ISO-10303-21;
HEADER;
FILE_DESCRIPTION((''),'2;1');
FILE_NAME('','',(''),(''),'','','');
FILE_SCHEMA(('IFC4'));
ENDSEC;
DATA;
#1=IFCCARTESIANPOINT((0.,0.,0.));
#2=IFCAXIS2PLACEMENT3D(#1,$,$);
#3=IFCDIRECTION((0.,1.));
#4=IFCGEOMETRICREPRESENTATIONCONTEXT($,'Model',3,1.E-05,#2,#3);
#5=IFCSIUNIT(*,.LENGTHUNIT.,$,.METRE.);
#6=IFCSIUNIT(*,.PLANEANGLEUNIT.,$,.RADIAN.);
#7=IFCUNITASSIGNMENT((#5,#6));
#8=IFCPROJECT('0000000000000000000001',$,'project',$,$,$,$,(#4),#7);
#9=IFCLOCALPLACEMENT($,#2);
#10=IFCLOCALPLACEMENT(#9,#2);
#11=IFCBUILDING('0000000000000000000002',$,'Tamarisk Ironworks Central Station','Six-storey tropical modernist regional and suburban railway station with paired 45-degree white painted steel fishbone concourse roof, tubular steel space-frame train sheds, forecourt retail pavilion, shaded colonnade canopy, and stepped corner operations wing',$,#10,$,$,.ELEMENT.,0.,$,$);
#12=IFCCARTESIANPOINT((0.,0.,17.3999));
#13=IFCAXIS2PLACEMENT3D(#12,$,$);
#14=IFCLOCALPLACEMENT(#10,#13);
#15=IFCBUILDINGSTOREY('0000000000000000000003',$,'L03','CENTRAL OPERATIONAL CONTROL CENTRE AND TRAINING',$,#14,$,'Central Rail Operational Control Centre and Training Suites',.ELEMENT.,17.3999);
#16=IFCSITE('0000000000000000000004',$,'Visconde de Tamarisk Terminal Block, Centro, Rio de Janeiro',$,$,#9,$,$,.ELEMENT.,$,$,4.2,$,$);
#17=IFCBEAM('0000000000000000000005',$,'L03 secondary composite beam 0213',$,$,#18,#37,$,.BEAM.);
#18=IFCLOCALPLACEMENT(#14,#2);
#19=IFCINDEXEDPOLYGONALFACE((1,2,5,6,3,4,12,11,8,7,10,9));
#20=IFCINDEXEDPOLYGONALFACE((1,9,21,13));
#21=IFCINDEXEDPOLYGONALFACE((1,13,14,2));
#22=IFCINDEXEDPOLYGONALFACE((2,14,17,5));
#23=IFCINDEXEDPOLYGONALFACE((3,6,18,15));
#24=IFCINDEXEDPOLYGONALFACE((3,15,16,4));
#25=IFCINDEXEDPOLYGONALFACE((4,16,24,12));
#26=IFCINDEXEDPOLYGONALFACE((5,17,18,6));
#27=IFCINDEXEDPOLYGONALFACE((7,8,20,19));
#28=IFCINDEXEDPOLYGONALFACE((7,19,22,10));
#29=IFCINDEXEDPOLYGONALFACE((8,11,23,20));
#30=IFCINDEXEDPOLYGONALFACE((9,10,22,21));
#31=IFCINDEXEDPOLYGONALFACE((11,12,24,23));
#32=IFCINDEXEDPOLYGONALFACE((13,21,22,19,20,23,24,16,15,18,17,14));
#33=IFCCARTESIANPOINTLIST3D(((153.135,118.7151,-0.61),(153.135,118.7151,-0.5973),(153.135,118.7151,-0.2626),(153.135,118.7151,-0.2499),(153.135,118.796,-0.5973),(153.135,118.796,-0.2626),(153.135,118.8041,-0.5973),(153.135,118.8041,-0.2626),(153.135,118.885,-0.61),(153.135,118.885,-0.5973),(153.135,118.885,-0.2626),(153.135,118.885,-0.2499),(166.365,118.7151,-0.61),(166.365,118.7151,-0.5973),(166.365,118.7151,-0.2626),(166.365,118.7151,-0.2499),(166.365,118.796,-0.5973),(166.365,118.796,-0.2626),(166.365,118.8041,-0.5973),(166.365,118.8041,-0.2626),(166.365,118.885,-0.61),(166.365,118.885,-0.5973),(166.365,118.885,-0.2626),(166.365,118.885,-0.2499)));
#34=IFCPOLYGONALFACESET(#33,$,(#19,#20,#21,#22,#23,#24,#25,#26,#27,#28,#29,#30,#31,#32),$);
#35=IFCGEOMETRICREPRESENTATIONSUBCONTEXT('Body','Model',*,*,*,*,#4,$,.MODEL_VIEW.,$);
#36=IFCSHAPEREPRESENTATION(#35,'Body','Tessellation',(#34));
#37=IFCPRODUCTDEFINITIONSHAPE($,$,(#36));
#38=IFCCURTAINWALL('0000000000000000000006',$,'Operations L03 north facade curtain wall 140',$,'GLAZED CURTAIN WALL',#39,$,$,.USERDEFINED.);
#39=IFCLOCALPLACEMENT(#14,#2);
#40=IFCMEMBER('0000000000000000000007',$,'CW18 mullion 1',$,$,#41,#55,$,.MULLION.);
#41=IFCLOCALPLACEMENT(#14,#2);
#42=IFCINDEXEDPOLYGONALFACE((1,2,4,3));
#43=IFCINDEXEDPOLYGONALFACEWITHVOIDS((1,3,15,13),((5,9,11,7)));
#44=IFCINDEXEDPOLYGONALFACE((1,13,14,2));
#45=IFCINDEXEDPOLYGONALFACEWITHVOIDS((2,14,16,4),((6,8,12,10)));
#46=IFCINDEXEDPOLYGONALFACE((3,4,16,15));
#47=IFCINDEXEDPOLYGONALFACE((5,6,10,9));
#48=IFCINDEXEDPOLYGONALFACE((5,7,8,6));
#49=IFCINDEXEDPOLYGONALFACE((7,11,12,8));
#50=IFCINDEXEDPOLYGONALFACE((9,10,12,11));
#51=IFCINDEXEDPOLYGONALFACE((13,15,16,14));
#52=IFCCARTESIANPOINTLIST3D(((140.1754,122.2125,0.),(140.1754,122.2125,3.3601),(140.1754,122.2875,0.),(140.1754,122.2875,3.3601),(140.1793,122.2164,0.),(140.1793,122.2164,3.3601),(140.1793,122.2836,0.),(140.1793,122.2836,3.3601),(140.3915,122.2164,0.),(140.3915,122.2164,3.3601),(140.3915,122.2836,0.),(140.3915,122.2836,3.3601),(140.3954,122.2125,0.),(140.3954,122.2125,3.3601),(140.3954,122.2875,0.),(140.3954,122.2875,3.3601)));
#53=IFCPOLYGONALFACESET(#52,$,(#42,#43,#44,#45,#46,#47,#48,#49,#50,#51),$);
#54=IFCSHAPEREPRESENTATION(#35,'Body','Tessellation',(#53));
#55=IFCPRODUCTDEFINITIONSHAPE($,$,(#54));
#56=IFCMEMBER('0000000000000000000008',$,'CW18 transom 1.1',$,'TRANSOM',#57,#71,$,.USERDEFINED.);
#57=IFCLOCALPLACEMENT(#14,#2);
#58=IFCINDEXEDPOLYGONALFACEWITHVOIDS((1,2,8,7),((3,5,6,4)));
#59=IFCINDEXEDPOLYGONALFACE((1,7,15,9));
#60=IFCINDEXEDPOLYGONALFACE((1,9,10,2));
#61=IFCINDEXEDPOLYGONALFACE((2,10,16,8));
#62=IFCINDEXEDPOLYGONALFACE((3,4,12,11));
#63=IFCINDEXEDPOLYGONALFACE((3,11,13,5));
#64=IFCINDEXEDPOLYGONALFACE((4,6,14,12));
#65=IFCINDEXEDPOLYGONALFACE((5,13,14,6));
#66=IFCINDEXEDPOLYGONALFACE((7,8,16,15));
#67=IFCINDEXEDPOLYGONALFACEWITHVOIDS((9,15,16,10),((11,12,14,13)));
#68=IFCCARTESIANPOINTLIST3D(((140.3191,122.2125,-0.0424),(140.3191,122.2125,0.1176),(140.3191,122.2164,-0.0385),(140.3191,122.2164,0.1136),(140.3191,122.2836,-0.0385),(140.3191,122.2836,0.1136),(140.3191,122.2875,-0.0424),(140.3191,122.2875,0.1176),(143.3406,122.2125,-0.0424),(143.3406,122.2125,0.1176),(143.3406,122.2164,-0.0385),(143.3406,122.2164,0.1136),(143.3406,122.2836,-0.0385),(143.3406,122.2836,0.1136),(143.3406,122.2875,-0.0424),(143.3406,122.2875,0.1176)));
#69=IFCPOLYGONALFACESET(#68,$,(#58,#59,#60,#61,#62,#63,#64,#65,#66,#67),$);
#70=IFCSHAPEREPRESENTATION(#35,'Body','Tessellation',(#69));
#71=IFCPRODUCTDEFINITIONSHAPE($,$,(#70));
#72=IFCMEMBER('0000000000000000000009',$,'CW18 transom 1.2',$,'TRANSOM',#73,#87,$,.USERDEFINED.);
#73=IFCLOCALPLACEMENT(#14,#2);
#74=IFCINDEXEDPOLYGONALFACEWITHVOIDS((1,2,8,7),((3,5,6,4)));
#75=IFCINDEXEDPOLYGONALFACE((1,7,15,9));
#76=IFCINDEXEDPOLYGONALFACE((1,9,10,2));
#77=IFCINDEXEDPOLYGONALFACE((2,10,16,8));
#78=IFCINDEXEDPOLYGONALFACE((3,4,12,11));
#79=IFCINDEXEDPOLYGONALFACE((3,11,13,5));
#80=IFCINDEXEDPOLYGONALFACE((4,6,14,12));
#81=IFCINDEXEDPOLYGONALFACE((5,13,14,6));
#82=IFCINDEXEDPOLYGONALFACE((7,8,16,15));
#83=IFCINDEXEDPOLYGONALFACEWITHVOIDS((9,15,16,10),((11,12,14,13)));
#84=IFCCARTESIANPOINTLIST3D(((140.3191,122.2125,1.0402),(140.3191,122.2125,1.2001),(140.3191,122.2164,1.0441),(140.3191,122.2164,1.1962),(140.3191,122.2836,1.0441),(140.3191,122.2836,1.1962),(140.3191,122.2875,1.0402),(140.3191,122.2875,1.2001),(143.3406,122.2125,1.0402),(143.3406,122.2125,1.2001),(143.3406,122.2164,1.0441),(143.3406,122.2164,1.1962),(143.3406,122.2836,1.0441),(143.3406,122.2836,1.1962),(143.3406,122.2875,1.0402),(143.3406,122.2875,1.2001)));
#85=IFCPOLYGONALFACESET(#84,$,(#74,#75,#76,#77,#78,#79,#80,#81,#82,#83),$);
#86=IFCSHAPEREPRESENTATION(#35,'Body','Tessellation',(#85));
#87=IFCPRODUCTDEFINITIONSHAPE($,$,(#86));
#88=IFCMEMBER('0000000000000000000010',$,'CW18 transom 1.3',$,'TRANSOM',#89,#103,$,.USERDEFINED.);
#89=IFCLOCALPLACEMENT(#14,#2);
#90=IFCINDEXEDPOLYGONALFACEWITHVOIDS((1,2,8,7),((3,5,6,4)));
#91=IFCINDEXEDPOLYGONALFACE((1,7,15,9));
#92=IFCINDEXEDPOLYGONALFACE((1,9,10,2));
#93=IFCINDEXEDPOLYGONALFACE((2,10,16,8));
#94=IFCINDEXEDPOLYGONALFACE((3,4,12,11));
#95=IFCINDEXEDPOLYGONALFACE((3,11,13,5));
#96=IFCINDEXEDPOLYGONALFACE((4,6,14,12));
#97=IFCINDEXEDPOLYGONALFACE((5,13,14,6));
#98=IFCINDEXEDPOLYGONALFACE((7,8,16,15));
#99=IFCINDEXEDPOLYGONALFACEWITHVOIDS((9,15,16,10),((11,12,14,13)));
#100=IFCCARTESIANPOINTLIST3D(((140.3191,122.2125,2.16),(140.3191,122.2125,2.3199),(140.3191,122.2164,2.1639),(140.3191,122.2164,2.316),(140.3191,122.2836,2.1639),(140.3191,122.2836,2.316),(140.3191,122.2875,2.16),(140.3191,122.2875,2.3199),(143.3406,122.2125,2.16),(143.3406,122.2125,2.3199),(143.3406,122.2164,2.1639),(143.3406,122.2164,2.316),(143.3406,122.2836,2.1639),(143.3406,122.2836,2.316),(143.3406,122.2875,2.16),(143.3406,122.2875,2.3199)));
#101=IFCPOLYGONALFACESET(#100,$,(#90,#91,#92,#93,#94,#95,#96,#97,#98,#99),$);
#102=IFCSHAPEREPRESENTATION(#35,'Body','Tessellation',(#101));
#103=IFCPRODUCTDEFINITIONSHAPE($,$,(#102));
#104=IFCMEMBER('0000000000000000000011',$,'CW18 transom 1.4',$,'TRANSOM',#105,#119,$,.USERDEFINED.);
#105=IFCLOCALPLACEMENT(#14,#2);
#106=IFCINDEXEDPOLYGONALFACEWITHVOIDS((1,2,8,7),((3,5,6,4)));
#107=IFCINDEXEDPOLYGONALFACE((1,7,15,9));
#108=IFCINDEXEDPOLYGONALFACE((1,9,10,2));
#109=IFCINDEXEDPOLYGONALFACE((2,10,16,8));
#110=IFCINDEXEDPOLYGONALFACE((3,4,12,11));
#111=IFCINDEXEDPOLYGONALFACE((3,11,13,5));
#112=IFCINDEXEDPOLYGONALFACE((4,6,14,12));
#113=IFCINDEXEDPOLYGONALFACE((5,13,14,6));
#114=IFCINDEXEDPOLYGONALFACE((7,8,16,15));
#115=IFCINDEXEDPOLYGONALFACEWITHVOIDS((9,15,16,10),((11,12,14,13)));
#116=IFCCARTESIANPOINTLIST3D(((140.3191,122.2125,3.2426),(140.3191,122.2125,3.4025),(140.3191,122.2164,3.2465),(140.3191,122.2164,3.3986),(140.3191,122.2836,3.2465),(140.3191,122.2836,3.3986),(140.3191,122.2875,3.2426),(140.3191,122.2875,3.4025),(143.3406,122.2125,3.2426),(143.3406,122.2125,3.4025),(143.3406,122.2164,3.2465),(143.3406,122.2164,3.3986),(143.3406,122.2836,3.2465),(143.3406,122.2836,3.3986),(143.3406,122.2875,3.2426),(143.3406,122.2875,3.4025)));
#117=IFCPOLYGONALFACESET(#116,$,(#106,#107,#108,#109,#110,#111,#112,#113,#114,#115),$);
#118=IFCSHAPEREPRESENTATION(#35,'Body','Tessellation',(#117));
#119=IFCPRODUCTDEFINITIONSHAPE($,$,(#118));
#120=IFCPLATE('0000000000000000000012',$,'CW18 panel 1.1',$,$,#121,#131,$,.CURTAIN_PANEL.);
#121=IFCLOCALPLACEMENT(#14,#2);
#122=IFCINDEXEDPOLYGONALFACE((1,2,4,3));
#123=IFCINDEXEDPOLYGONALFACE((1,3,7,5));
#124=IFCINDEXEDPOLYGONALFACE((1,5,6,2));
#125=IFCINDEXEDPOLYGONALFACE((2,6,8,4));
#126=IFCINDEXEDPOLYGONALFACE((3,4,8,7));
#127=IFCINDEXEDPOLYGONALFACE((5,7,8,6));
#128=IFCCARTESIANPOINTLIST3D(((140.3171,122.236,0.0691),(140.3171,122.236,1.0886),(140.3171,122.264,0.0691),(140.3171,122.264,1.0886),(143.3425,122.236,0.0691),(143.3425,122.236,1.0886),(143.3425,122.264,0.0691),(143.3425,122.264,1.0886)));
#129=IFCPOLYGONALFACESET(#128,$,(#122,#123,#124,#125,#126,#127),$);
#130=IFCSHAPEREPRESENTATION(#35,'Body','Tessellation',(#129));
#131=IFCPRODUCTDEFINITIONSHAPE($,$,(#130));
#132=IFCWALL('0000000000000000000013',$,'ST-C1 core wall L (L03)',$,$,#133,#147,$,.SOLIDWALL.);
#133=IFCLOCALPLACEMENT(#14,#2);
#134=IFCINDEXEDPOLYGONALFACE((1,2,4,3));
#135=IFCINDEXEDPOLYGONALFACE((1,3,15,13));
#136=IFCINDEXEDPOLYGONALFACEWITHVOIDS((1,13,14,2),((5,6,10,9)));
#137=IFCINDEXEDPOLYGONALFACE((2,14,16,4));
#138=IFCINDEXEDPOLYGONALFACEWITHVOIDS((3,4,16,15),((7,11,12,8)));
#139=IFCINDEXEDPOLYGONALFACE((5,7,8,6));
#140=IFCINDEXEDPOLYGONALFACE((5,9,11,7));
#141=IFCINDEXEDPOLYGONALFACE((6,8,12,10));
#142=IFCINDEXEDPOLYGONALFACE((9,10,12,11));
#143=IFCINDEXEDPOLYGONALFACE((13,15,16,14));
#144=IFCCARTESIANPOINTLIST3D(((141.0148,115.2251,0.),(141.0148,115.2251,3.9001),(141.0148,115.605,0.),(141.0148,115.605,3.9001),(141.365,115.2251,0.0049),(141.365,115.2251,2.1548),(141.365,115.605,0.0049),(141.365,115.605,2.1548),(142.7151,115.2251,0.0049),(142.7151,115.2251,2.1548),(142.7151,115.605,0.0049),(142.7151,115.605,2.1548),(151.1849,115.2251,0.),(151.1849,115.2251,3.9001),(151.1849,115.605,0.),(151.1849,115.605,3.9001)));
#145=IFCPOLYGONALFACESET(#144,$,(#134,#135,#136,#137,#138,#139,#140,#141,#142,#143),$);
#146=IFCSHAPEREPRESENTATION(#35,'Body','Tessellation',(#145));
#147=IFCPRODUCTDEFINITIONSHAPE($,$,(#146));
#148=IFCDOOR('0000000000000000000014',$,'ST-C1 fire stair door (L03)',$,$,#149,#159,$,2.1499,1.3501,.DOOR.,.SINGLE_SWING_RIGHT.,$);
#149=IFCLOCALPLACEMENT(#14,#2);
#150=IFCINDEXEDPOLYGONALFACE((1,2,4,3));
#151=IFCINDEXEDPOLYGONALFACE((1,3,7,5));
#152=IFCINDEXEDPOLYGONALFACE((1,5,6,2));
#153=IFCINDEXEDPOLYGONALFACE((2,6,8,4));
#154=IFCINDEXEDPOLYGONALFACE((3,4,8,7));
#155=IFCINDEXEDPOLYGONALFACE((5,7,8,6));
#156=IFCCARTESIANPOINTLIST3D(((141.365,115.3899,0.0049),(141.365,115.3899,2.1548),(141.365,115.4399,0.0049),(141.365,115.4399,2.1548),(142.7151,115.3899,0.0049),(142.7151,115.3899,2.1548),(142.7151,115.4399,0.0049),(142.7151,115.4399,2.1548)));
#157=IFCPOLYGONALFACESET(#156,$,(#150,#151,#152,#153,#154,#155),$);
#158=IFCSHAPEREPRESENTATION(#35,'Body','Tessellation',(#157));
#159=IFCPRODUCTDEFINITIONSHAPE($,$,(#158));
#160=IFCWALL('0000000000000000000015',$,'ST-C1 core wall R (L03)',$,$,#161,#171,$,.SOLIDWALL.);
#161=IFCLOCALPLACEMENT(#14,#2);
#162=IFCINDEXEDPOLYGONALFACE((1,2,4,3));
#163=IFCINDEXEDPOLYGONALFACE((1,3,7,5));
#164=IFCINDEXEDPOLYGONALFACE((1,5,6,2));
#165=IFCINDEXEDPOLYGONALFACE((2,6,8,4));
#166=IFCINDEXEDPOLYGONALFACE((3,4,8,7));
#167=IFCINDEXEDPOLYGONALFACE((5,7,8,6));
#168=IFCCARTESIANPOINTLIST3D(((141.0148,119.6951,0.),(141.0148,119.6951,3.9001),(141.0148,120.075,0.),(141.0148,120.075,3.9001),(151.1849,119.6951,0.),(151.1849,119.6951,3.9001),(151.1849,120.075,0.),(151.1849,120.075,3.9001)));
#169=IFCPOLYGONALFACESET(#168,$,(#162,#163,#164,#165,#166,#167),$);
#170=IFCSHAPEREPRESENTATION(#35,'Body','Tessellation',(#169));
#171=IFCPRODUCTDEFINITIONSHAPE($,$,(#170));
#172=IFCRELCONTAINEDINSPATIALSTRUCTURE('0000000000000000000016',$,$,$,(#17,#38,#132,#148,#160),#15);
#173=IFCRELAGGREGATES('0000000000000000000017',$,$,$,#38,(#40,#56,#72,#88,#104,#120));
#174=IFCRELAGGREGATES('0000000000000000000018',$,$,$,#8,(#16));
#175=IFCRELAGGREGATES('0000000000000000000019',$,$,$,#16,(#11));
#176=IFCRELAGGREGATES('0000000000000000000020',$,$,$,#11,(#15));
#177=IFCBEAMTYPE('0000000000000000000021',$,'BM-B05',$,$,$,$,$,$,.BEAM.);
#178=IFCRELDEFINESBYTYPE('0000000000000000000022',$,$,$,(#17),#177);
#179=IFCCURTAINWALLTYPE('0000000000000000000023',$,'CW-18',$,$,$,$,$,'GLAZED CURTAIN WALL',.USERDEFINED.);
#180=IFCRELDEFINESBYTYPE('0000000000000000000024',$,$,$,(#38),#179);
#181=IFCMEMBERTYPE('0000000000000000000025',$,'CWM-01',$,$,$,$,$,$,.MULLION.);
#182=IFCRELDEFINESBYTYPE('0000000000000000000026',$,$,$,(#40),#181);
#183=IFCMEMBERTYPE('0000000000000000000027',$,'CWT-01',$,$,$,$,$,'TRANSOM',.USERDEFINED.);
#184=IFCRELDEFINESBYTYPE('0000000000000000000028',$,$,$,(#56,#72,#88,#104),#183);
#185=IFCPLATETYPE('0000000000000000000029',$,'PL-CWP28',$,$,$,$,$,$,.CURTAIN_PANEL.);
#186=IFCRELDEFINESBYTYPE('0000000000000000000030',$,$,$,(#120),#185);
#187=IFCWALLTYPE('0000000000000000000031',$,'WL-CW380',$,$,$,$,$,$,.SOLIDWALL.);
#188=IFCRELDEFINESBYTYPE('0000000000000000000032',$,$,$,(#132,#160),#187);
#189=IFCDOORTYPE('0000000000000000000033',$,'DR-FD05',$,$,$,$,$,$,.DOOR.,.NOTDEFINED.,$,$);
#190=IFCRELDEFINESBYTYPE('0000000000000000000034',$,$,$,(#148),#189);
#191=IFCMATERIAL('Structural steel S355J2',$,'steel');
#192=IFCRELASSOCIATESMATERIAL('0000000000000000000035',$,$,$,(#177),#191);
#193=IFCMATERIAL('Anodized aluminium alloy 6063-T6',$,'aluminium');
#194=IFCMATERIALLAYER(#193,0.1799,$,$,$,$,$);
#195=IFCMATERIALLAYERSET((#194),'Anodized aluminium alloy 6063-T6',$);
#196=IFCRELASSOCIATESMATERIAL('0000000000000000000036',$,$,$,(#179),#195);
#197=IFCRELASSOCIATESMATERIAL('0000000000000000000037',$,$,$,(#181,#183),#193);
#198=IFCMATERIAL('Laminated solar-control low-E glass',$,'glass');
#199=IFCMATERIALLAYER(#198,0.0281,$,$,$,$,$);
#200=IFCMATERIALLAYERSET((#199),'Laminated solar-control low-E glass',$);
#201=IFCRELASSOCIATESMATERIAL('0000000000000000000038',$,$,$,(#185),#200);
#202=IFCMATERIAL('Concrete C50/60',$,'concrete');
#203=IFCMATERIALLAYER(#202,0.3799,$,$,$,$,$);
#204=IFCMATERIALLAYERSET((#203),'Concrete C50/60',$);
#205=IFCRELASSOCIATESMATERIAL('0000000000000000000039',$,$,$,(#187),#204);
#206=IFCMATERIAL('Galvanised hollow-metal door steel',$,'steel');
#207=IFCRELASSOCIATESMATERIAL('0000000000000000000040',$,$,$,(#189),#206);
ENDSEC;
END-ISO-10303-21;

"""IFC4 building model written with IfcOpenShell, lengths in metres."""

from ifc_helpers import new_model, si_unit, direction, frame, frame_2d, origin, origin_2d, place, context, subcontext, project, spatial, rectangle, hollow_rectangle, i_section, extrude, material, layer, layer_set, material_profile, profile_set, type_object, element, fill, aggregate, save


model = new_model("IFC4")

# Units and contexts
model_context = context("Model", 3, precision=1e-05, world=origin(), true_north=direction((0.0, 1.0)))
body_context = subcontext(model_context, "Body", "Model", "MODEL_VIEW")
ifc_project = project(units=[si_unit("LENGTHUNIT", "METRE"), si_unit("PLANEANGLEUNIT", "RADIAN")], contexts=[model_context])

# Site, building, storey
site_placement = place(None, origin())
site = spatial("IfcSite", under=ifc_project, at=site_placement, Name="Visconde de Tamarisk Terminal Block, Centro, Rio de Janeiro", CompositionType="ELEMENT", RefElevation=4.2)
building_placement = place(site_placement, origin())
building = spatial("IfcBuilding", under=site, at=building_placement, Name="Tamarisk Ironworks Central Station", Description="Six-storey tropical modernist regional and suburban railway station with paired 45-degree white painted steel fishbone concourse roof, tubular steel space-frame train sheds, forecourt retail pavilion, shaded colonnade canopy, and stepped corner operations wing", CompositionType="ELEMENT", ElevationOfRefHeight=0.0)
storey_placement = place(building_placement, frame((0.0, 0.0, 17.3999)))
storey = spatial("IfcBuildingStorey", under=building, at=storey_placement, Name="L03", Description="CENTRAL OPERATIONAL CONTROL CENTRE AND TRAINING", LongName="Central Rail Operational Control Centre and Training Suites", CompositionType="ELEMENT", Elevation=17.3999)

# Beam
ifc_material_1 = material(Name="Structural steel S355J2", Category="steel")
ifc_material_profile_1 = material_profile(ifc_material_1, i_section(OverallWidth=0.1699, OverallDepth=0.3601, WebThickness=0.0081, FlangeThickness=0.0127, at=origin_2d()), Name="IPE 360")
ifc_profile_set_1 = profile_set([ifc_material_profile_1], Name="Structural steel S355J2")
beam_type = type_object("IfcBeamType", Name="BM-B05", PredefinedType="BEAM", material=ifc_profile_set_1)
beam_placement = place(storey_placement, frame((153.135, 118.8, -0.4299), z_axis=(1.0, 0.0, 0.0), x_axis=(0.0, 1.0, 0.0)))
element("IfcBeam", 1, at=beam_placement, inside=storey, type_object=beam_type, Name="L03 secondary composite beam 0213", PredefinedType="BEAM", context=body_context, shape_type="SweptSolid", body=[
    extrude(i_section(OverallWidth=0.1699, OverallDepth=0.3601, WebThickness=0.0081, FlangeThickness=0.0127, at=origin_2d()), origin(), (0.0, 0.0, 1.0), 13.23),
])

# Curtain wall, members, plate
ifc_material_2 = material(Name="Anodized aluminium alloy 6063-T6", Category="aluminium")
ifc_layer_1 = layer(ifc_material_2, 0.1799)
ifc_layer_set_1 = layer_set([ifc_layer_1], Name="Anodized aluminium alloy 6063-T6")
curtain_wall_type = type_object("IfcCurtainWallType", Name="CW-18", ElementType="GLAZED CURTAIN WALL", PredefinedType="USERDEFINED", material=ifc_layer_set_1)
curtain_wall_placement = place(storey_placement, origin())
curtain_wall = element("IfcCurtainWall", 2, at=curtain_wall_placement, inside=storey, type_object=curtain_wall_type, Name="Operations L03 north facade curtain wall 140", ObjectType="GLAZED CURTAIN WALL", PredefinedType="USERDEFINED")
ifc_material_profile_2 = material_profile(ifc_material_2, hollow_rectangle(XDim=0.075, YDim=0.22, WallThickness=0.0039, at=origin_2d()), Name="ALUM 220x75")
ifc_profile_set_2 = profile_set([ifc_material_profile_2], Name="Anodized aluminium alloy 6063-T6")
member_type_1 = type_object("IfcMemberType", Name="CWM-01", PredefinedType="MULLION", material=ifc_profile_set_2)
member_1_placement = place(storey_placement, frame((140.2854, 122.25, 0.0), z_axis=(0.0, 0.0, 1.0), x_axis=(0.0, 1.0, 0.0)))
member_1 = element("IfcMember", 3, at=member_1_placement, type_object=member_type_1, Name="CW18 mullion 1", PredefinedType="MULLION", context=body_context, shape_type="SweptSolid", body=[
    extrude(hollow_rectangle(XDim=0.075, YDim=0.22, WallThickness=0.0039, at=origin_2d()), origin(), (0.0, 0.0, 1.0), 3.3601),
])
ifc_material_profile_3 = material_profile(ifc_material_2, hollow_rectangle(XDim=0.075, YDim=0.1599, WallThickness=0.0039, at=origin_2d()), Name="ALUM 160x75")
ifc_profile_set_3 = profile_set([ifc_material_profile_3], Name="Anodized aluminium alloy 6063-T6")
member_type_2 = type_object("IfcMemberType", Name="CWT-01", ElementType="TRANSOM", PredefinedType="USERDEFINED", material=ifc_profile_set_3)
member_2_placement = place(storey_placement, frame((140.3191, 122.25, 0.0376), z_axis=(1.0, 0.0, 0.0), x_axis=(0.0, 1.0, 0.0)))
member_2 = element("IfcMember", 4, at=member_2_placement, type_object=member_type_2, Name="CW18 transom 1.1", ObjectType="TRANSOM", PredefinedType="USERDEFINED", context=body_context, shape_type="SweptSolid", body=[
    extrude(hollow_rectangle(XDim=0.075, YDim=0.1599, WallThickness=0.0039, at=origin_2d()), origin(), (0.0, 0.0, 1.0), 3.0215),
])
member_3_placement = place(storey_placement, frame((140.3191, 122.25, 1.1201), z_axis=(1.0, 0.0, 0.0), x_axis=(0.0, 1.0, 0.0)))
member_3 = element("IfcMember", 5, at=member_3_placement, type_object=member_type_2, Name="CW18 transom 1.2", ObjectType="TRANSOM", PredefinedType="USERDEFINED", context=body_context, shape_type="SweptSolid", body=[
    extrude(hollow_rectangle(XDim=0.075, YDim=0.1599, WallThickness=0.0039, at=origin_2d()), origin(), (0.0, 0.0, 1.0), 3.0215),
])
member_4_placement = place(storey_placement, frame((140.3191, 122.25, 2.24), z_axis=(1.0, 0.0, 0.0), x_axis=(0.0, 1.0, 0.0)))
member_4 = element("IfcMember", 6, at=member_4_placement, type_object=member_type_2, Name="CW18 transom 1.3", ObjectType="TRANSOM", PredefinedType="USERDEFINED", context=body_context, shape_type="SweptSolid", body=[
    extrude(hollow_rectangle(XDim=0.075, YDim=0.1599, WallThickness=0.0039, at=origin_2d()), origin(), (0.0, 0.0, 1.0), 3.0215),
])
member_5_placement = place(storey_placement, frame((140.3191, 122.25, 3.3225), z_axis=(1.0, 0.0, 0.0), x_axis=(0.0, 1.0, 0.0)))
member_5 = element("IfcMember", 7, at=member_5_placement, type_object=member_type_2, Name="CW18 transom 1.4", ObjectType="TRANSOM", PredefinedType="USERDEFINED", context=body_context, shape_type="SweptSolid", body=[
    extrude(hollow_rectangle(XDim=0.075, YDim=0.1599, WallThickness=0.0039, at=origin_2d()), origin(), (0.0, 0.0, 1.0), 3.0215),
])
ifc_material_3 = material(Name="Laminated solar-control low-E glass", Category="glass")
ifc_layer_2 = layer(ifc_material_3, 0.0281)
ifc_layer_set_2 = layer_set([ifc_layer_2], Name="Laminated solar-control low-E glass")
plate_type = type_object("IfcPlateType", Name="PL-CWP28", PredefinedType="CURTAIN_PANEL", material=ifc_layer_set_2)
plate_placement = place(storey_placement, frame((141.8298, 122.25, 0.0691), z_axis=(0.0, 0.0, 1.0), x_axis=(1.0, 0.0, 0.0)))
plate = element("IfcPlate", 8, at=plate_placement, type_object=plate_type, Name="CW18 panel 1.1", PredefinedType="CURTAIN_PANEL", context=body_context, shape_type="SweptSolid", body=[
    extrude(rectangle(XDim=3.0254, YDim=0.0281, at=origin_2d()), origin(), (0.0, 0.0, 1.0), 1.0195),
])
aggregate(curtain_wall, [member_1, member_2, member_3, member_4, member_5, plate])

# Wall, opening, door
ifc_material_4 = material(Name="Concrete C50/60", Category="concrete")
ifc_layer_3 = layer(ifc_material_4, 0.3799)
ifc_layer_set_3 = layer_set([ifc_layer_3], Name="Concrete C50/60")
wall_type = type_object("IfcWallType", Name="WL-CW380", PredefinedType="SOLIDWALL", material=ifc_layer_set_3)
wall_1_placement = place(storey_placement, frame((141.0149, 115.415, 0.0), z_axis=(0.0, 0.0, 1.0), x_axis=(1.0, 0.0, 0.0)))
wall_1 = element("IfcWall", 9, at=wall_1_placement, inside=storey, type_object=wall_type, Name="ST-C1 core wall L (L03)", PredefinedType="SOLIDWALL", context=body_context, shape_type="SweptSolid", body=[
    extrude(rectangle(XDim=10.1702, YDim=0.3799, at=frame_2d((5.085, 0.0))), origin(), (0.0, 0.0, 1.0), 3.9001),
])
opening_placement = place(wall_1_placement, frame((0.3501, 0.0, 0.0049)))
opening = element("IfcOpeningElement", 10, at=opening_placement, cuts=wall_1, PredefinedType="OPENING", context=body_context, shape_type="SweptSolid", body=[
    extrude(rectangle(XDim=1.3501, YDim=2.1499, at=frame_2d((0.675, 1.075))), frame((0.0, 0.2019, 0.0), z_axis=(0.0, -1.0, 0.0), x_axis=(1.0, 0.0, 0.0)), (0.0, 0.0, 1.0), 0.4038),
])
ifc_material_5 = material(Name="Galvanised hollow-metal door steel", Category="steel")
door_type = type_object("IfcDoorType", Name="DR-FD05", OperationType="NOTDEFINED", PredefinedType="DOOR", material=ifc_material_5)
door_placement = place(opening_placement, origin())
door = element("IfcDoor", 11, at=door_placement, inside=storey, type_object=door_type, Name="ST-C1 fire stair door (L03)", OperationType="SINGLE_SWING_RIGHT", OverallHeight=2.1499, OverallWidth=1.3501, PredefinedType="DOOR", context=body_context, shape_type="SweptSolid", body=[
    extrude(rectangle(XDim=1.3501, YDim=2.1499, at=frame_2d((0.675, 1.075))), frame((0.0, 0.0249, 0.0), z_axis=(0.0, -1.0, 0.0), x_axis=(1.0, 0.0, 0.0)), (0.0, 0.0, 1.0), 0.05),
])
fill(opening, door)

# Wall
wall_2_placement = place(storey_placement, frame((141.0149, 119.885, 0.0), z_axis=(0.0, 0.0, 1.0), x_axis=(1.0, 0.0, 0.0)))
element("IfcWall", 12, at=wall_2_placement, inside=storey, type_object=wall_type, Name="ST-C1 core wall R (L03)", PredefinedType="SOLIDWALL", context=body_context, shape_type="SweptSolid", body=[
    extrude(rectangle(XDim=10.1702, YDim=0.3799, at=frame_2d((5.085, 0.0))), origin(), (0.0, 0.0, 1.0), 3.9001),
])

save(model, "model.ifc")
